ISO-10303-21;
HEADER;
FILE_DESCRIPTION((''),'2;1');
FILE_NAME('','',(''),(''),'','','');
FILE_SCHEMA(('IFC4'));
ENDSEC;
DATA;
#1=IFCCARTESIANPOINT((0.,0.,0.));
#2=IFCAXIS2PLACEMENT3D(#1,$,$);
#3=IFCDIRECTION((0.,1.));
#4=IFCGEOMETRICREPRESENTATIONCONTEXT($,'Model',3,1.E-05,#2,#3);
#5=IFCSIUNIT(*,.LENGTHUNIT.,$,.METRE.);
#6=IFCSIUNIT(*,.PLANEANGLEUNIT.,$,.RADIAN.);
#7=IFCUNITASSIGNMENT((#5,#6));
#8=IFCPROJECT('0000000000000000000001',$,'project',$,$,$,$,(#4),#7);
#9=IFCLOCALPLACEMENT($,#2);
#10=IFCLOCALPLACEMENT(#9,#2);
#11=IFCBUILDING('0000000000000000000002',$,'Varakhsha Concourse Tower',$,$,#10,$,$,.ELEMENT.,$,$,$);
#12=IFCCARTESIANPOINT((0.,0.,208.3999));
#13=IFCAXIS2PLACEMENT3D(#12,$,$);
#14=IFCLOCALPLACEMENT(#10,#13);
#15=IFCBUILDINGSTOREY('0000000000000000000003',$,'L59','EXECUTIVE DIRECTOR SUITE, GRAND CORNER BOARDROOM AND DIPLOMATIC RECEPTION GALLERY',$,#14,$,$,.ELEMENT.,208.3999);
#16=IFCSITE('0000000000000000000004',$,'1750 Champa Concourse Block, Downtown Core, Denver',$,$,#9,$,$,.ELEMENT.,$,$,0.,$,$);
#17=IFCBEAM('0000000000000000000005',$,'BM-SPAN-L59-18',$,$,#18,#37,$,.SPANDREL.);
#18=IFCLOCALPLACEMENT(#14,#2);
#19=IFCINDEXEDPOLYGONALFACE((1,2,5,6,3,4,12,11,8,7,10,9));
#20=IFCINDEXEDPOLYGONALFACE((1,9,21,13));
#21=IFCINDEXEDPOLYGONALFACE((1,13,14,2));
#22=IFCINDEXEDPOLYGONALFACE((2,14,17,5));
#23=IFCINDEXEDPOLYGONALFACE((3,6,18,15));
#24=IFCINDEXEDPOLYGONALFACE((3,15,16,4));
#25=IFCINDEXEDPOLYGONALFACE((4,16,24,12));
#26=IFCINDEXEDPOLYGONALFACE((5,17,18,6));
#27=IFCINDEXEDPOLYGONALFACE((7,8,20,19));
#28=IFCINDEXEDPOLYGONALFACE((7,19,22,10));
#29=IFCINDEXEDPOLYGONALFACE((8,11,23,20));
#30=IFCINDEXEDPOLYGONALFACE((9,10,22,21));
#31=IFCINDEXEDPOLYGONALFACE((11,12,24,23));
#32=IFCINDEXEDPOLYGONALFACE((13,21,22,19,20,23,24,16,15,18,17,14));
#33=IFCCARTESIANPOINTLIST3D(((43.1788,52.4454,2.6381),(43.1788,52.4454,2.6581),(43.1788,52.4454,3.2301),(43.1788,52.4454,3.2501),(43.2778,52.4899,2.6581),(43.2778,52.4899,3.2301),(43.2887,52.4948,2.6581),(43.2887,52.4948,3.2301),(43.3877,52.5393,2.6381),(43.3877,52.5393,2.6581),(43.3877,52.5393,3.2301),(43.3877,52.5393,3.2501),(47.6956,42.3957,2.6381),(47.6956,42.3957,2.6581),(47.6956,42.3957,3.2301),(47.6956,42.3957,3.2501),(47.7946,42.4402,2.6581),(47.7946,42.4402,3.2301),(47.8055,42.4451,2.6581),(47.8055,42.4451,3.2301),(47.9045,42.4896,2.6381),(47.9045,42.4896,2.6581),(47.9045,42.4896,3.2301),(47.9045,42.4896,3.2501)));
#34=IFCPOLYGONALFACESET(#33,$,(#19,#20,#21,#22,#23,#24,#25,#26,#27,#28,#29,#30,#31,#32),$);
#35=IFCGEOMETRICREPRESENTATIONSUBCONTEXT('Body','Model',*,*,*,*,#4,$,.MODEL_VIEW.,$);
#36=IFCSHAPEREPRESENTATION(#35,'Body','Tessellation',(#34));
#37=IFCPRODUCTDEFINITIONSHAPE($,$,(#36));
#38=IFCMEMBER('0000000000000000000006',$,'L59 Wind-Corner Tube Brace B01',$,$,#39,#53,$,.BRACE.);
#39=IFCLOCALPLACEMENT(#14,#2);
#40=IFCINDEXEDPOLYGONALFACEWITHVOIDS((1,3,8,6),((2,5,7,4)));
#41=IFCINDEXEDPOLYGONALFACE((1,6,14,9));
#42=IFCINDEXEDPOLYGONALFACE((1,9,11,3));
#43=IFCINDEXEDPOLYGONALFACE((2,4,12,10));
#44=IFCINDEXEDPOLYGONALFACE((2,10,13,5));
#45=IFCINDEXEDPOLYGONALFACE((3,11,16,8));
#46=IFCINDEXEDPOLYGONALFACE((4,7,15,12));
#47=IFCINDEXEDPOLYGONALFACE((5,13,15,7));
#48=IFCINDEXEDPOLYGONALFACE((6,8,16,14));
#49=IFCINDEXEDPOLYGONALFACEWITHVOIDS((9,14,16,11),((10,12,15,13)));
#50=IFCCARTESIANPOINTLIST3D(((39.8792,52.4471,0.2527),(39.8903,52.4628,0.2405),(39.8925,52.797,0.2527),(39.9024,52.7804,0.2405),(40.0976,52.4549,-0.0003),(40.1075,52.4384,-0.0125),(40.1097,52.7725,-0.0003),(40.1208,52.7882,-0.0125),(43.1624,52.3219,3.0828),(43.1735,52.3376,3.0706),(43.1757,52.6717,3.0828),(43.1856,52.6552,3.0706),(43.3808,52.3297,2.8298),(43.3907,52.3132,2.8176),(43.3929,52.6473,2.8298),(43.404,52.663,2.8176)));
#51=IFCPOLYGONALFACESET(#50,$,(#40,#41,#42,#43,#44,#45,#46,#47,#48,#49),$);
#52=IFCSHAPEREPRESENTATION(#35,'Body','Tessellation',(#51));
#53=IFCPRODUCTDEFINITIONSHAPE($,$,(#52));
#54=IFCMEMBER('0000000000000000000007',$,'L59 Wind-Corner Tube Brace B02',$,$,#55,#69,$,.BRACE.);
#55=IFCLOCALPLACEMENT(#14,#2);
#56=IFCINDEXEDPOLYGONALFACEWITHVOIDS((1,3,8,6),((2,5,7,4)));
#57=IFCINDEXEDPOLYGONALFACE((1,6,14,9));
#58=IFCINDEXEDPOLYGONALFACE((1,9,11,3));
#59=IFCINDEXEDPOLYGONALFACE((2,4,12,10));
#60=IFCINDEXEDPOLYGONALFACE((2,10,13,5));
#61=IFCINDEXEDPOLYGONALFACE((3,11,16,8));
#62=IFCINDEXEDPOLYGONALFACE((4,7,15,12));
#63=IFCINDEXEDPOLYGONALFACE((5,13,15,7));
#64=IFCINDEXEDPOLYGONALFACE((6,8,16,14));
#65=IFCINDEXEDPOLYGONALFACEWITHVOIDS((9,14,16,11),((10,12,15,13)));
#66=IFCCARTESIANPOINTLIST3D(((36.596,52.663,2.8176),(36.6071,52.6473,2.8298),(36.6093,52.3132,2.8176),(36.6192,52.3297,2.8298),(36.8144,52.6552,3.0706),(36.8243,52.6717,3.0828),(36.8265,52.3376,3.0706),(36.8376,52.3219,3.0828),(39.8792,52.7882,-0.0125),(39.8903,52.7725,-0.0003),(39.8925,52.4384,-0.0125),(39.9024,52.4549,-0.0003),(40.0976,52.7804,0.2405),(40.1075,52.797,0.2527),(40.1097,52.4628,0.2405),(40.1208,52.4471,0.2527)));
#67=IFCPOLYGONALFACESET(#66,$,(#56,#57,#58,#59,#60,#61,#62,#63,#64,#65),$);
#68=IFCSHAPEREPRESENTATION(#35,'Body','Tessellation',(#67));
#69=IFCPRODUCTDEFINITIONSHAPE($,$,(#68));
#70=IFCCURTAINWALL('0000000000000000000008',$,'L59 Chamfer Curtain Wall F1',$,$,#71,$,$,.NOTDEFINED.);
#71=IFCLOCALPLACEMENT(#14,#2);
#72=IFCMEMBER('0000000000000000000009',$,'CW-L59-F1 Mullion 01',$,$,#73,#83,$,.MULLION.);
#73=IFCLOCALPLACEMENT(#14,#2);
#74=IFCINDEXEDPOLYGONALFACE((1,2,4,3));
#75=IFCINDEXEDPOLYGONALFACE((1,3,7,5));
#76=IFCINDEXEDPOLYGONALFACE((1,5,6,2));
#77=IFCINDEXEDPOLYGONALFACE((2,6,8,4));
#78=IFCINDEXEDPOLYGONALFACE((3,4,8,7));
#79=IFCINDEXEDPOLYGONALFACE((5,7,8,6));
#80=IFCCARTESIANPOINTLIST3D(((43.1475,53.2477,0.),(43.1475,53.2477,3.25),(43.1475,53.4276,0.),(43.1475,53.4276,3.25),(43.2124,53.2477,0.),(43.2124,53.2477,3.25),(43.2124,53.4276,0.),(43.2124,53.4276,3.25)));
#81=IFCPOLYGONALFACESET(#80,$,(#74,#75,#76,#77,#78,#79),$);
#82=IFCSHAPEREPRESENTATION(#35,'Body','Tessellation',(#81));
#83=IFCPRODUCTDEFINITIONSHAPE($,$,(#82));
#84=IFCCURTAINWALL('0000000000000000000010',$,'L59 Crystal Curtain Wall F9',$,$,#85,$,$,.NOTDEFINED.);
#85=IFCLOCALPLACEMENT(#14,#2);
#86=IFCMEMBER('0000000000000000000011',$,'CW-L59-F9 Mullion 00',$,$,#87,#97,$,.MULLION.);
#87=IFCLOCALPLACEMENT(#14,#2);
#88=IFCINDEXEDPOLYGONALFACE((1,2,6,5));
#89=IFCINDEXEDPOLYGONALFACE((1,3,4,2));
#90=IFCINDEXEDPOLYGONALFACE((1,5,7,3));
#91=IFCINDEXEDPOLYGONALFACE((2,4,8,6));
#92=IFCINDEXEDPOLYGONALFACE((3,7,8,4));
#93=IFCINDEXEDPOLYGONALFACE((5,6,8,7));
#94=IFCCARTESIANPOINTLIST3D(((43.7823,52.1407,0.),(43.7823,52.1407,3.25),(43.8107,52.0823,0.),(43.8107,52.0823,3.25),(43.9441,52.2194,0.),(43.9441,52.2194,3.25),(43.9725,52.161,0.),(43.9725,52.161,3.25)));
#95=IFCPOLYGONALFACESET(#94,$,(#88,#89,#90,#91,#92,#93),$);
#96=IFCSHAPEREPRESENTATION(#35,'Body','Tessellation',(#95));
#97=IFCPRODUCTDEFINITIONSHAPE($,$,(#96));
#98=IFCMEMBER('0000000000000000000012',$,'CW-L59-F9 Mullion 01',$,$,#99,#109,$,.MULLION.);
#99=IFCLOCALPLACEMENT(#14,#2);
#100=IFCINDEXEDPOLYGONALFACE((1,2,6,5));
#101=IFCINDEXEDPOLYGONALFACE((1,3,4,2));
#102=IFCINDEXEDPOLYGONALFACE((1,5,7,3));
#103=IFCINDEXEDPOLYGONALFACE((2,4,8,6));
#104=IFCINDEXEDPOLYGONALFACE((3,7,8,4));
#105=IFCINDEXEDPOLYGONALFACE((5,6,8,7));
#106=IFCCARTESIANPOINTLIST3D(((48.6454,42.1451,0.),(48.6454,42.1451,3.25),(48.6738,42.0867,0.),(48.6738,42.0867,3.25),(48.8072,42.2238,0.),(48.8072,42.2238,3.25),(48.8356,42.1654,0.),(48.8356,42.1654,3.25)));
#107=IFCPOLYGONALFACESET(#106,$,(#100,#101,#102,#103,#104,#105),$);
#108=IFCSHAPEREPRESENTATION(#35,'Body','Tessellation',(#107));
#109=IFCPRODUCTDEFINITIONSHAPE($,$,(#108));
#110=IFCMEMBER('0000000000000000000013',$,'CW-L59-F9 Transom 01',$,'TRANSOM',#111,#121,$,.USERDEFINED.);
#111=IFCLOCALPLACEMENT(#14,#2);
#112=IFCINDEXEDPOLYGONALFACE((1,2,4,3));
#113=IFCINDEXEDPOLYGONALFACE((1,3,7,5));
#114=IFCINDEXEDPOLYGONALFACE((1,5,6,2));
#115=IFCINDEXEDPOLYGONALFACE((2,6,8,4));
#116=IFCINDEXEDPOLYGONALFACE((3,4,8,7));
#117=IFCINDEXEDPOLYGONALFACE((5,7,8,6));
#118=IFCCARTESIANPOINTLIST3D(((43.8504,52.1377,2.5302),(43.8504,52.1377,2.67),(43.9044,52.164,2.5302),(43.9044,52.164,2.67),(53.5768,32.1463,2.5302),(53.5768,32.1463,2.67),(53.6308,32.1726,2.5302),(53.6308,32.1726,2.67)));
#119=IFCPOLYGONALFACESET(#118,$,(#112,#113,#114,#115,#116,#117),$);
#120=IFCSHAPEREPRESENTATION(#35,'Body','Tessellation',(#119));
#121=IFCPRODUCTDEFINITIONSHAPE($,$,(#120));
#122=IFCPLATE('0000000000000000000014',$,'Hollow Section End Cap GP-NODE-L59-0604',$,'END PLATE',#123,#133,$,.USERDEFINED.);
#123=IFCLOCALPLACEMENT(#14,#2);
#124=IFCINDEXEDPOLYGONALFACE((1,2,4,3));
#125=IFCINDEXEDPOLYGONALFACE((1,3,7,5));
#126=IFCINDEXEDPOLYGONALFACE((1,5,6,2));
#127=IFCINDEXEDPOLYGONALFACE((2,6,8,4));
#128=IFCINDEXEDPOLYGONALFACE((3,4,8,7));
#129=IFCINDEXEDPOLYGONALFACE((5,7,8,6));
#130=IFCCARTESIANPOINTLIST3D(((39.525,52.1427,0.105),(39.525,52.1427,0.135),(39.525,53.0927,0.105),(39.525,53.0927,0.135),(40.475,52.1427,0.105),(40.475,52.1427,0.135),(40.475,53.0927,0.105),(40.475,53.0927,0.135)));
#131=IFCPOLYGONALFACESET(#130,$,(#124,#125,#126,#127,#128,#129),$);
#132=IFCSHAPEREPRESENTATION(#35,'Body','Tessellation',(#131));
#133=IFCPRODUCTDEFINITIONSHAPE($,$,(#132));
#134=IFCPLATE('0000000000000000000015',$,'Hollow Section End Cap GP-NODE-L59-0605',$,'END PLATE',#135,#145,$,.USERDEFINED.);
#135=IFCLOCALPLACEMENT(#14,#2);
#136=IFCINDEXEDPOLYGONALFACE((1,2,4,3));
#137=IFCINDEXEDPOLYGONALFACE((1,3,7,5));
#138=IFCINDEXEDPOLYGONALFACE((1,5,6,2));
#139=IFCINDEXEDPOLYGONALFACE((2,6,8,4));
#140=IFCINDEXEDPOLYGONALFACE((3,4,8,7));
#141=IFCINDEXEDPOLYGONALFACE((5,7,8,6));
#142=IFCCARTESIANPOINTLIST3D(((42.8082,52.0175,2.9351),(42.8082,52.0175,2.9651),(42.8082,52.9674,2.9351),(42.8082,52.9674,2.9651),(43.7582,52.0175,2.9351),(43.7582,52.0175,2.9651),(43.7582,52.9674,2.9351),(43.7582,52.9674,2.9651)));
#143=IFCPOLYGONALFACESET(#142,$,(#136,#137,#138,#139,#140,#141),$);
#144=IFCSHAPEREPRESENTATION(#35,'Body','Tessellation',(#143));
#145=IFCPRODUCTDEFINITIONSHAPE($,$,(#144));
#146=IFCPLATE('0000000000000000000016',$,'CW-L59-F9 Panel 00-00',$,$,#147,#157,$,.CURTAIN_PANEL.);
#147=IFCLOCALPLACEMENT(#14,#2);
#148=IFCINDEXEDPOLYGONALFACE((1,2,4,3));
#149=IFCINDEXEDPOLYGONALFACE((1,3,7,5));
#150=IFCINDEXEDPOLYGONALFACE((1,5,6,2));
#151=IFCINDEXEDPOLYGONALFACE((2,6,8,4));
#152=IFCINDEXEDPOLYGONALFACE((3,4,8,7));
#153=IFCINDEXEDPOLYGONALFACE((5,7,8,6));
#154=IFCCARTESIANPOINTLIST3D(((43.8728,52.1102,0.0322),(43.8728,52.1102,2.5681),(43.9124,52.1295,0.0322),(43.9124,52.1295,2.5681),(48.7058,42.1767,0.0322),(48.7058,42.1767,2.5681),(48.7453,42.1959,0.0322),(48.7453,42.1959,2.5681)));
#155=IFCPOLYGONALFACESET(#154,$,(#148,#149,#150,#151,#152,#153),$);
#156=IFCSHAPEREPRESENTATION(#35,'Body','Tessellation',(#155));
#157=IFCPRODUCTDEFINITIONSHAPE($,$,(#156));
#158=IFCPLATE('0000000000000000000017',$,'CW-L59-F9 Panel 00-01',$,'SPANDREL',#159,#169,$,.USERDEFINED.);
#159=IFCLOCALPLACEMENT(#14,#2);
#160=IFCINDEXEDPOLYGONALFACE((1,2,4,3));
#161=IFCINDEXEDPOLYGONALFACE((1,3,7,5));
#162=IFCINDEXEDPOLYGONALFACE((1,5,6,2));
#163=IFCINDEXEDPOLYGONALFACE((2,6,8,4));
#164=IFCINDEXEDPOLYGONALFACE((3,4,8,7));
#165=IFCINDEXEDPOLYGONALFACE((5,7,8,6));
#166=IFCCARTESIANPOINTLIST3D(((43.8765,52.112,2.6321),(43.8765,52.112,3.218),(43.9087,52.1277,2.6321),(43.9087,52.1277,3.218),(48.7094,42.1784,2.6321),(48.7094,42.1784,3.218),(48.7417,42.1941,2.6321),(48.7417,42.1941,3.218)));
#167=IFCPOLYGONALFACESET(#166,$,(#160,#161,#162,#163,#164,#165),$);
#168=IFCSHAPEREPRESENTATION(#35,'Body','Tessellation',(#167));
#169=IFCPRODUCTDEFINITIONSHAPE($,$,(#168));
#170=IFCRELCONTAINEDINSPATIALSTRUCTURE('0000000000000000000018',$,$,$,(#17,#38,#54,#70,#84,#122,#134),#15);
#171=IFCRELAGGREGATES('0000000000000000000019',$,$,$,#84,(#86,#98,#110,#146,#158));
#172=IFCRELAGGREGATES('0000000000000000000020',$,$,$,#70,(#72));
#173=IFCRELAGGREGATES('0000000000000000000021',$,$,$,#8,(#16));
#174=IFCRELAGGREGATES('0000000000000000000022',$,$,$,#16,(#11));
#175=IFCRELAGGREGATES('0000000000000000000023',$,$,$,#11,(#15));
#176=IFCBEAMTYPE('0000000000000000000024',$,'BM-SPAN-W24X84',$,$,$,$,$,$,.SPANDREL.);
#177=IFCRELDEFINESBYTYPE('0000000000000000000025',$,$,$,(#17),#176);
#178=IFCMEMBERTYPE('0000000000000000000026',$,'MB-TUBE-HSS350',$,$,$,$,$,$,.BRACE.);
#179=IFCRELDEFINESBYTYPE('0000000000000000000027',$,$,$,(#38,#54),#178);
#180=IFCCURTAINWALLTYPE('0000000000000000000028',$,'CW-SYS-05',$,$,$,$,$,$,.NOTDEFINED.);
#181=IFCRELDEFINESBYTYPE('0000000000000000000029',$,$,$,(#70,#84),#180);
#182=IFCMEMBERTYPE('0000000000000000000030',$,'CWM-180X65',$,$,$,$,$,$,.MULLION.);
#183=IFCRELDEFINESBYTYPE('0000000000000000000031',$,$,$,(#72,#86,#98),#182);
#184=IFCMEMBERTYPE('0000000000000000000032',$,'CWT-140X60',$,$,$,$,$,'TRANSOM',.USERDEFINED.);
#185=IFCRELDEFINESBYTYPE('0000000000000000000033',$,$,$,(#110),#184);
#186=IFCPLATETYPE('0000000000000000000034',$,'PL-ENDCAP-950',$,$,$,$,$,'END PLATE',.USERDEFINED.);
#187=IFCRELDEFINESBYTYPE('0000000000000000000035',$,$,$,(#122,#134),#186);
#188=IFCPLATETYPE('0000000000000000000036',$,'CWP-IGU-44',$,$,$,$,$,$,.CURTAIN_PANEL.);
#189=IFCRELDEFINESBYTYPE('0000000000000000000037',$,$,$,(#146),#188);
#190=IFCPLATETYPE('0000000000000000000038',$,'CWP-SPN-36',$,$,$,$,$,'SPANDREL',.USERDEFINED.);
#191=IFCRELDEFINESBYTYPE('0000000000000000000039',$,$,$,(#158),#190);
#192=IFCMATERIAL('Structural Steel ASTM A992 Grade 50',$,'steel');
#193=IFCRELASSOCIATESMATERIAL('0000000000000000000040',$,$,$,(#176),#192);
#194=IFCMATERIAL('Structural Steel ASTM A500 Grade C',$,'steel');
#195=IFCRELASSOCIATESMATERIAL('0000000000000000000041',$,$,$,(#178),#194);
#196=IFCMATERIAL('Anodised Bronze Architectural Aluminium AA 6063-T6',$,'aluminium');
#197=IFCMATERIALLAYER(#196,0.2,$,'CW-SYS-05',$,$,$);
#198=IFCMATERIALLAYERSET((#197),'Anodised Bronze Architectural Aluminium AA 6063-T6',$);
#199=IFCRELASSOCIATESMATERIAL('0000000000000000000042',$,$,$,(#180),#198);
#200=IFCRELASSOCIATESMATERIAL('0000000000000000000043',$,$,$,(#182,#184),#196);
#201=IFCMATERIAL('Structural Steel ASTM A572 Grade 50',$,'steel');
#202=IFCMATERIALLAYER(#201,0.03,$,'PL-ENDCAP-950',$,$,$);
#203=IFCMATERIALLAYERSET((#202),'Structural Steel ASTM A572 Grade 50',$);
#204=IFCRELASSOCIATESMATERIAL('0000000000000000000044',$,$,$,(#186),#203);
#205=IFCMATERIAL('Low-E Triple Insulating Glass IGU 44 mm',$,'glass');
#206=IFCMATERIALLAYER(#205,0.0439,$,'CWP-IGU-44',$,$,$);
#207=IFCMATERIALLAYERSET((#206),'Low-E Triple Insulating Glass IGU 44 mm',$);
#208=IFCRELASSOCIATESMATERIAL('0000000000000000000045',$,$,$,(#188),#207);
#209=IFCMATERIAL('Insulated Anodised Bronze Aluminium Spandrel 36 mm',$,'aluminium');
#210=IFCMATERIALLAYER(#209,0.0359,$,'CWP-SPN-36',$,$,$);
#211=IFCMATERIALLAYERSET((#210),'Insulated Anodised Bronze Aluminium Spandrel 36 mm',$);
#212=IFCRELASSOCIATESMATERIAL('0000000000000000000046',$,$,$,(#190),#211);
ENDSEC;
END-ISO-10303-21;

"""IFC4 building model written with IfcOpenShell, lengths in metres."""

from ifc_helpers import new_model, si_unit, direction, frame, origin, origin_2d, place, context, subcontext, project, spatial, rectangle, hollow_rectangle, i_section, extrude, source, transform, mapped, material, layer, layer_set, material_profile, profile_set, type_object, type_shapes, element, aggregate, save


model = new_model("IFC4")

# Units and contexts
model_context = context("Model", 3, precision=1e-05, world=origin(), true_north=direction((0.0, 1.0)))
body_context = subcontext(model_context, "Body", "Model", "MODEL_VIEW")
ifc_project = project(units=[si_unit("LENGTHUNIT", "METRE"), si_unit("PLANEANGLEUNIT", "RADIAN")], contexts=[model_context])

# Site, building, storey
site_placement = place(None, origin())
site = spatial("IfcSite", under=ifc_project, at=site_placement, Name="1750 Champa Concourse Block, Downtown Core, Denver", CompositionType="ELEMENT", RefElevation=0.0)
building_placement = place(site_placement, origin())
building = spatial("IfcBuilding", under=site, at=building_placement, Name="Varakhsha Concourse Tower", CompositionType="ELEMENT")
storey_placement = place(building_placement, frame((0.0, 0.0, 208.3999)))
storey = spatial("IfcBuildingStorey", under=building, at=storey_placement, Name="L59", Description="EXECUTIVE DIRECTOR SUITE, GRAND CORNER BOARDROOM AND DIPLOMATIC RECEPTION GALLERY", CompositionType="ELEMENT", Elevation=208.3999)

# Shared definitions
ifc_material_1 = material(Name="Structural Steel ASTM A992 Grade 50", Category="steel")
ifc_material_2 = material(Name="Structural Steel ASTM A572 Grade 50", Category="steel")

# Beam
ifc_material_profile_1 = material_profile(ifc_material_1, i_section(OverallWidth=0.229, OverallDepth=0.6121, WebThickness=0.012, FlangeThickness=0.02, at=origin_2d()), Name="W24X84")
ifc_profile_set_1 = profile_set([ifc_material_profile_1], Name="Structural Steel ASTM A992 Grade 50")
beam_type_1 = type_object("IfcBeamType", Name="BM-SPAN-W24X84", PredefinedType="SPANDREL", material=ifc_profile_set_1)
beam_1_placement = place(storey_placement, frame((47.8, 42.4426, 2.9441), z_axis=(-0.409945, 0.91211, 0.0), x_axis=(-0.91211, -0.409945, 0.0)))
element("IfcBeam", 1, at=beam_1_placement, inside=storey, type_object=beam_type_1, Name="BM-SPAN-L59-18", PredefinedType="SPANDREL", context=body_context, shape_type="SweptSolid", body=[
    extrude(i_section(OverallWidth=0.229, OverallDepth=0.6121, WebThickness=0.012, FlangeThickness=0.02, at=origin_2d()), origin(), (0.0, 0.0, 1.0), 11.0181),
])

# Members
ifc_material_3 = material(Name="Structural Steel ASTM A500 Grade C", Category="steel")
ifc_material_profile_2 = material_profile(ifc_material_3, hollow_rectangle(XDim=0.3501, YDim=0.3501, WallThickness=0.0161, at=origin_2d()), Name="HSS 350x350x16")
ifc_profile_set_2 = profile_set([ifc_material_profile_2], Name="Structural Steel ASTM A500 Grade C")
member_type_1 = type_object("IfcMemberType", Name="MB-TUBE-HSS350", PredefinedType="BRACE", material=ifc_profile_set_2)
shared_shape_1 = source(origin(), body_context, "Body", "SweptSolid", [
    extrude(hollow_rectangle(XDim=0.3501, YDim=0.3501, WallThickness=0.0161, at=origin_2d()), origin(), (0.0, 0.0, 1.0), 4.3364),
])
type_shapes(member_type_1, [shared_shape_1])
for number, where, z_axis, x_axis, name in (
    (2, (40.0, 52.6177, 0.1201), (0.757125, -0.028882, 0.652632), (0.038119, 0.999273, 0.0), "L59 Wind-Corner Tube Brace B01"),
    (3, (40.0, 52.6177, 0.1201), (-0.757125, -0.028882, 0.652632), (0.038119, -0.999273, 0.0), "L59 Wind-Corner Tube Brace B02"),
):
    element("IfcMember", number, at=place(storey_placement, frame(where, z_axis=z_axis, x_axis=x_axis)), inside=storey, type_object=member_type_1, Name=name, PredefinedType="BRACE", context=body_context, shape_type="MappedRepresentation", body=[
        mapped(shared_shape_1, transform((0.0, 0.0, 0.0), scale=1.0)),
    ])

# Curtain wall, member
ifc_material_4 = material(Name="Anodised Bronze Architectural Aluminium AA 6063-T6", Category="aluminium")
ifc_layer_1 = layer(ifc_material_4, 0.2, Name="CW-SYS-05")
ifc_layer_set_1 = layer_set([ifc_layer_1], Name="Anodised Bronze Architectural Aluminium AA 6063-T6")
curtain_wall_type = type_object("IfcCurtainWallType", Name="CW-SYS-05", PredefinedType="NOTDEFINED", material=ifc_layer_set_1)
curtain_wall_1_placement = place(storey_placement, origin())
curtain_wall_1 = element("IfcCurtainWall", 4, at=curtain_wall_1_placement, inside=storey, type_object=curtain_wall_type, Name="L59 Chamfer Curtain Wall F1", PredefinedType="NOTDEFINED")
ifc_material_profile_3 = material_profile(ifc_material_4, rectangle(XDim=0.0649, YDim=0.1799, at=origin_2d()), Name="CWM-180X65")
ifc_profile_set_3 = profile_set([ifc_material_profile_3], Name="Anodised Bronze Architectural Aluminium AA 6063-T6")
member_type_2 = type_object("IfcMemberType", Name="CWM-180X65", PredefinedType="MULLION", material=ifc_profile_set_3)
shared_shape_2 = source(origin(), body_context, "Body", "SweptSolid", [
    extrude(rectangle(XDim=0.0649, YDim=0.1799, at=origin_2d()), origin(), (0.0, 0.0, 1.0), 3.25),
])
type_shapes(member_type_2, [shared_shape_2])
member_1_placement = place(storey_placement, frame((43.1799, 53.3376, 0.0), z_axis=(0.0, 0.0, 1.0), x_axis=(1.0, 0.0, 0.0)))
member_1 = element("IfcMember", 5, at=member_1_placement, type_object=member_type_2, Name="CW-L59-F1 Mullion 01", PredefinedType="MULLION", context=body_context, shape_type="MappedRepresentation", body=[
    mapped(shared_shape_2, transform((0.0, 0.0, 0.0), scale=1.0)),
])

# Curtain wall, members
curtain_wall_2_placement = place(storey_placement, origin())
curtain_wall_2 = element("IfcCurtainWall", 6, at=curtain_wall_2_placement, inside=storey, type_object=curtain_wall_type, Name="L59 Crystal Curtain Wall F9", PredefinedType="NOTDEFINED")
member_2_placement = place(storey_placement, frame((43.8774, 52.1509, 0.0), z_axis=(0.0, 0.0, 1.0), x_axis=(0.437497, -0.89922, 0.0)))
member_2 = element("IfcMember", 7, at=member_2_placement, type_object=member_type_2, Name="CW-L59-F9 Mullion 00", PredefinedType="MULLION", context=body_context, shape_type="MappedRepresentation", body=[
    mapped(shared_shape_2, transform((0.0, 0.0, 0.0), scale=1.0)),
])
member_3_placement = place(storey_placement, frame((48.7405, 42.1553, 0.0), z_axis=(0.0, 0.0, 1.0), x_axis=(0.437497, -0.89922, 0.0)))
member_3 = element("IfcMember", 8, at=member_3_placement, type_object=member_type_2, Name="CW-L59-F9 Mullion 01", PredefinedType="MULLION", context=body_context, shape_type="MappedRepresentation", body=[
    mapped(shared_shape_2, transform((0.0, 0.0, 0.0), scale=1.0)),
])
ifc_material_profile_4 = material_profile(ifc_material_4, rectangle(XDim=0.0601, YDim=0.1399, at=origin_2d()), Name="CWT-140X60")
ifc_profile_set_4 = profile_set([ifc_material_profile_4], Name="Anodised Bronze Architectural Aluminium AA 6063-T6")
member_type_3 = type_object("IfcMemberType", Name="CWT-140X60", ElementType="TRANSOM", PredefinedType="USERDEFINED", material=ifc_profile_set_4)
shared_shape_3 = source(origin(), body_context, "Body", "SweptSolid", [
    extrude(rectangle(XDim=0.0601, YDim=0.1399, at=origin_2d()), origin(), (0.0, 0.0, 1.0), 22.2319),
])
type_shapes(member_type_3, [shared_shape_3])
member_4_placement = place(storey_placement, frame((43.8774, 52.1509, 2.6001), z_axis=(0.437493, -0.899222, 0.0), x_axis=(0.899222, 0.437493, 0.0)))
member_4 = element("IfcMember", 9, at=member_4_placement, type_object=member_type_3, Name="CW-L59-F9 Transom 01", ObjectType="TRANSOM", PredefinedType="USERDEFINED", context=body_context, shape_type="MappedRepresentation", body=[
    mapped(shared_shape_3, transform((0.0, 0.0, 0.0), scale=1.0)),
])

# Plates
ifc_layer_2 = layer(ifc_material_2, 0.03, Name="PL-ENDCAP-950")
ifc_layer_set_2 = layer_set([ifc_layer_2], Name="Structural Steel ASTM A572 Grade 50")
plate_type_1 = type_object("IfcPlateType", Name="PL-ENDCAP-950", ElementType="END PLATE", PredefinedType="USERDEFINED", material=ifc_layer_set_2)
shared_shape_4 = source(origin(), body_context, "Body", "SweptSolid", [
    extrude(rectangle(XDim=0.95, YDim=0.95, at=origin_2d()), origin(), (0.0, 0.0, 1.0), 0.03),
])
type_shapes(plate_type_1, [shared_shape_4])
for number, where, z_axis, x_axis, name in (
    (10, (40.0, 52.6177, 0.105), (0.0, 0.0, 1.0), (1.0, 0.0, 0.0), "Hollow Section End Cap GP-NODE-L59-0604"),
    (11, (43.2832, 52.4924, 2.9351), (0.0, 0.0, 1.0), (1.0, 0.0, 0.0), "Hollow Section End Cap GP-NODE-L59-0605"),
):
    element("IfcPlate", number, at=place(storey_placement, frame(where, z_axis=z_axis, x_axis=x_axis)), inside=storey, type_object=plate_type_1, Name=name, ObjectType="END PLATE", PredefinedType="USERDEFINED", context=body_context, shape_type="MappedRepresentation", body=[
        mapped(shared_shape_4, transform((0.0, 0.0, 0.0), scale=1.0)),
    ])

# Plates
ifc_material_5 = material(Name="Low-E Triple Insulating Glass IGU 44 mm", Category="glass")
ifc_layer_3 = layer(ifc_material_5, 0.0439, Name="CWP-IGU-44")
ifc_layer_set_3 = layer_set([ifc_layer_3], Name="Low-E Triple Insulating Glass IGU 44 mm")
plate_type_2 = type_object("IfcPlateType", Name="CWP-IGU-44", PredefinedType="CURTAIN_PANEL", material=ifc_layer_set_3)
shared_shape_5 = source(origin(), body_context, "Body", "SweptSolid", [
    extrude(rectangle(XDim=11.0469, YDim=0.0439, at=origin_2d()), origin(), (0.0, 0.0, 1.0), 2.5359),
])
plate_1_placement = place(storey_placement, frame((46.3091, 47.1531, 0.0322), z_axis=(0.0, 0.0, 1.0), x_axis=(0.437497, -0.89922, 0.0)))
plate_1 = element("IfcPlate", 12, at=plate_1_placement, type_object=plate_type_2, Name="CW-L59-F9 Panel 00-00", PredefinedType="CURTAIN_PANEL", context=body_context, shape_type="MappedRepresentation", body=[
    mapped(shared_shape_5, transform((0.0, 0.0, 0.0), scale=1.0)),
])
ifc_material_6 = material(Name="Insulated Anodised Bronze Aluminium Spandrel 36 mm", Category="aluminium")
ifc_layer_4 = layer(ifc_material_6, 0.0359, Name="CWP-SPN-36")
ifc_layer_set_4 = layer_set([ifc_layer_4], Name="Insulated Anodised Bronze Aluminium Spandrel 36 mm")
plate_type_3 = type_object("IfcPlateType", Name="CWP-SPN-36", ElementType="SPANDREL", PredefinedType="USERDEFINED", material=ifc_layer_set_4)
shared_shape_6 = source(origin(), body_context, "Body", "SweptSolid", [
    extrude(rectangle(XDim=11.0469, YDim=0.0359, at=origin_2d()), origin(), (0.0, 0.0, 1.0), 0.5859),
])
plate_2_placement = place(storey_placement, frame((46.3091, 47.1531, 2.6321), z_axis=(0.0, 0.0, 1.0), x_axis=(0.437497, -0.89922, 0.0)))
plate_2 = element("IfcPlate", 13, at=plate_2_placement, type_object=plate_type_3, Name="CW-L59-F9 Panel 00-01", ObjectType="SPANDREL", PredefinedType="USERDEFINED", context=body_context, shape_type="MappedRepresentation", body=[
    mapped(shared_shape_6, transform((0.0, 0.0, 0.0), scale=1.0)),
])
aggregate(curtain_wall_2, [member_2, member_3, member_4, plate_1, plate_2])
aggregate(curtain_wall_1, [member_1])

save(model, "model.ifc")
